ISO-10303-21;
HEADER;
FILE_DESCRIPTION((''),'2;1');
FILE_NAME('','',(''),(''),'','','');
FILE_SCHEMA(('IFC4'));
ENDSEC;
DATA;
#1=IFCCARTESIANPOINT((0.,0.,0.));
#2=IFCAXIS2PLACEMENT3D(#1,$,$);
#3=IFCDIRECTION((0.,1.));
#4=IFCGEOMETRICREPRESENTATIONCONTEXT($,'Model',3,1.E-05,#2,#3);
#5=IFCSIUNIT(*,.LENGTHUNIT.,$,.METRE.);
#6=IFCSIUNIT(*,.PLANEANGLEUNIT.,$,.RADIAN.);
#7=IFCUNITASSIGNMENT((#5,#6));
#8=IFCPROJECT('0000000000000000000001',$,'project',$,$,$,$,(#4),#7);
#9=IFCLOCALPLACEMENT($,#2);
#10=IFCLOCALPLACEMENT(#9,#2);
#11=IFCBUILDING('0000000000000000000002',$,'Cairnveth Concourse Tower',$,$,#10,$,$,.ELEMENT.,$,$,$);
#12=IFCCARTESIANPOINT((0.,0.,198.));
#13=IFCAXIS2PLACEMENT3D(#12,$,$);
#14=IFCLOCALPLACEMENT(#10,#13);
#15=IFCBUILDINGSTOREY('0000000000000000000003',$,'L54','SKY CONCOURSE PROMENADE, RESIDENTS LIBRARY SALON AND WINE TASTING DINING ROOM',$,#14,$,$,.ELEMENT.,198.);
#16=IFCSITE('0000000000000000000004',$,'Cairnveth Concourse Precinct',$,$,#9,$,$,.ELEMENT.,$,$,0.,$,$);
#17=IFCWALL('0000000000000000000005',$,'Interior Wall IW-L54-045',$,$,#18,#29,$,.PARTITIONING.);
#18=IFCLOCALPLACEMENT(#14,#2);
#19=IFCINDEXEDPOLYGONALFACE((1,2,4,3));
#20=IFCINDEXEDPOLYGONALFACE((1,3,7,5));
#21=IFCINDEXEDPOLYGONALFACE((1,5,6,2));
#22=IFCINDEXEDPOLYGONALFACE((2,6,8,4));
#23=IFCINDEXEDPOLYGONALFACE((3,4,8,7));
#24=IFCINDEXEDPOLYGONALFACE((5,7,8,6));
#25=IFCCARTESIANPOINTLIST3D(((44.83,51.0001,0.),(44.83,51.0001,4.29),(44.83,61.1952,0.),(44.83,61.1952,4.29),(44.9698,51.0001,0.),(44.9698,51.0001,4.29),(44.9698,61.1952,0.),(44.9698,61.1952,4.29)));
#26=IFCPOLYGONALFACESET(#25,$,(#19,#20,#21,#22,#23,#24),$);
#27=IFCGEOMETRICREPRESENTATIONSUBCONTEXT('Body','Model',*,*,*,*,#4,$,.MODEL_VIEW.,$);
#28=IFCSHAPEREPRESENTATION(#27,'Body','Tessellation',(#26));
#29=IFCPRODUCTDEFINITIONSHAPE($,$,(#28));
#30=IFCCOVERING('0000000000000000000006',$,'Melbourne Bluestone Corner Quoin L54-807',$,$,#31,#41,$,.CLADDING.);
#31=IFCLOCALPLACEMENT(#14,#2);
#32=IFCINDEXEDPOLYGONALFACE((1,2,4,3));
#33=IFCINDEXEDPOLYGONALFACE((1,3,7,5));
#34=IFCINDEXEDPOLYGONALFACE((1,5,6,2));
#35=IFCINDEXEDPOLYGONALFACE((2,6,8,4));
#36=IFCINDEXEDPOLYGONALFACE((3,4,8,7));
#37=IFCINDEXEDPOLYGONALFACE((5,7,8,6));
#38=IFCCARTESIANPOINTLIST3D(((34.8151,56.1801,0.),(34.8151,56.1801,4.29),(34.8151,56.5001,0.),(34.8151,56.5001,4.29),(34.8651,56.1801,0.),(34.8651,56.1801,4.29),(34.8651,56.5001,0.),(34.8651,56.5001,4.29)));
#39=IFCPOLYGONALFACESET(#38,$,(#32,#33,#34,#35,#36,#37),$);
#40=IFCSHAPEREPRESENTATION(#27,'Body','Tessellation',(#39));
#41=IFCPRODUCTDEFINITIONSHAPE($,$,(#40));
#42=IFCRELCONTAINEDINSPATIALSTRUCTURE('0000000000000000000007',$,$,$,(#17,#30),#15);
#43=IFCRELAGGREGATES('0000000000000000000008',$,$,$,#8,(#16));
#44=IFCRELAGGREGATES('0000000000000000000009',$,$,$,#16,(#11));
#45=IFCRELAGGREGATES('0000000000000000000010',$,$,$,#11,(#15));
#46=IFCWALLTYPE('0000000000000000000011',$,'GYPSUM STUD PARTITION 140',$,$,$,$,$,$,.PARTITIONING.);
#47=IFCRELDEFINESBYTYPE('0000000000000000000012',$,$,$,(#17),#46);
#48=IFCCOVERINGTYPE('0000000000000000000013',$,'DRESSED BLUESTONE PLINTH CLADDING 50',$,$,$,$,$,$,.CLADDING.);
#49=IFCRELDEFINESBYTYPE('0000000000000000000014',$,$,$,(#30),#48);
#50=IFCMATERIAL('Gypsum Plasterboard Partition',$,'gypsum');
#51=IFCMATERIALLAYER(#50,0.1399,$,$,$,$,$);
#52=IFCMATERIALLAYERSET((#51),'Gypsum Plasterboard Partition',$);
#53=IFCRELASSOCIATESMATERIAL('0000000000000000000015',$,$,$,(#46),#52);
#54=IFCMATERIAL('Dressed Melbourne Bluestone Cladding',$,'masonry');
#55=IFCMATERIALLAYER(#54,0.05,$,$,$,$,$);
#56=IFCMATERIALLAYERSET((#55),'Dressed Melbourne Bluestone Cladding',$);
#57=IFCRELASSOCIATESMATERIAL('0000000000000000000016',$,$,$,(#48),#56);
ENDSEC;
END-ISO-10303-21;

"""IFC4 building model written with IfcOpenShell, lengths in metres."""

from ifc_helpers import new_model, si_unit, direction, frame, frame_2d, origin, place, context, subcontext, project, spatial, rectangle, extrude, material, layer, layer_set, type_object, element, save


model = new_model("IFC4")

# Units and contexts
model_context = context("Model", 3, precision=1e-05, world=origin(), true_north=direction((0.0, 1.0)))
body_context = subcontext(model_context, "Body", "Model", "MODEL_VIEW")
ifc_project = project(units=[si_unit("LENGTHUNIT", "METRE"), si_unit("PLANEANGLEUNIT", "RADIAN")], contexts=[model_context])

# Site, building, storey
site_placement = place(None, origin())
site = spatial("IfcSite", under=ifc_project, at=site_placement, Name="Cairnveth Concourse Precinct", CompositionType="ELEMENT", RefElevation=0.0)
building_placement = place(site_placement, origin())
building = spatial("IfcBuilding", under=site, at=building_placement, Name="Cairnveth Concourse Tower", CompositionType="ELEMENT")
storey_placement = place(building_placement, frame((0.0, 0.0, 198.0)))
storey = spatial("IfcBuildingStorey", under=building, at=storey_placement, Name="L54", Description="SKY CONCOURSE PROMENADE, RESIDENTS LIBRARY SALON AND WINE TASTING DINING ROOM", CompositionType="ELEMENT", Elevation=198.0)

# Wall
ifc_material_1 = material(Name="Gypsum Plasterboard Partition", Category="gypsum")
ifc_layer_1 = layer(ifc_material_1, 0.1399)
ifc_layer_set_1 = layer_set([ifc_layer_1], Name="Gypsum Plasterboard Partition")
wall_type_1 = type_object("IfcWallType", Name="GYPSUM STUD PARTITION 140", PredefinedType="PARTITIONING", material=ifc_layer_set_1)
wall_1_placement = place(storey_placement, frame((44.8999, 51.0, 0.0), z_axis=(0.0, 0.0, 1.0), x_axis=(0.0, 1.0, 0.0)))
element("IfcWall", 1, at=wall_1_placement, inside=storey, type_object=wall_type_1, Name="Interior Wall IW-L54-045", PredefinedType="PARTITIONING", context=body_context, shape_type="SweptSolid", body=[
    extrude(rectangle(XDim=10.1951, YDim=0.1399, at=frame_2d((5.0977, 0.0))), origin(), (0.0, 0.0, 1.0), 4.29),
])

# Covering
ifc_material_2 = material(Name="Dressed Melbourne Bluestone Cladding", Category="masonry")
ifc_layer_2 = layer(ifc_material_2, 0.05)
ifc_layer_set_2 = layer_set([ifc_layer_2], Name="Dressed Melbourne Bluestone Cladding")
covering_type = type_object("IfcCoveringType", Name="DRESSED BLUESTONE PLINTH CLADDING 50", PredefinedType="CLADDING", material=ifc_layer_set_2)
covering_placement = place(storey_placement, frame((34.8401, 56.1799, 0.0), z_axis=(0.0, 0.0, 1.0), x_axis=(0.0, 1.0, 0.0)))
element("IfcCovering", 2, at=covering_placement, inside=storey, type_object=covering_type, Name="Melbourne Bluestone Corner Quoin L54-807", PredefinedType="CLADDING", context=body_context, shape_type="SweptSolid", body=[
    extrude(rectangle(XDim=0.3201, YDim=0.05, at=frame_2d((0.1602, 0.0))), origin(), (0.0, 0.0, 1.0), 4.29),
])

save(model, "model.ifc")
